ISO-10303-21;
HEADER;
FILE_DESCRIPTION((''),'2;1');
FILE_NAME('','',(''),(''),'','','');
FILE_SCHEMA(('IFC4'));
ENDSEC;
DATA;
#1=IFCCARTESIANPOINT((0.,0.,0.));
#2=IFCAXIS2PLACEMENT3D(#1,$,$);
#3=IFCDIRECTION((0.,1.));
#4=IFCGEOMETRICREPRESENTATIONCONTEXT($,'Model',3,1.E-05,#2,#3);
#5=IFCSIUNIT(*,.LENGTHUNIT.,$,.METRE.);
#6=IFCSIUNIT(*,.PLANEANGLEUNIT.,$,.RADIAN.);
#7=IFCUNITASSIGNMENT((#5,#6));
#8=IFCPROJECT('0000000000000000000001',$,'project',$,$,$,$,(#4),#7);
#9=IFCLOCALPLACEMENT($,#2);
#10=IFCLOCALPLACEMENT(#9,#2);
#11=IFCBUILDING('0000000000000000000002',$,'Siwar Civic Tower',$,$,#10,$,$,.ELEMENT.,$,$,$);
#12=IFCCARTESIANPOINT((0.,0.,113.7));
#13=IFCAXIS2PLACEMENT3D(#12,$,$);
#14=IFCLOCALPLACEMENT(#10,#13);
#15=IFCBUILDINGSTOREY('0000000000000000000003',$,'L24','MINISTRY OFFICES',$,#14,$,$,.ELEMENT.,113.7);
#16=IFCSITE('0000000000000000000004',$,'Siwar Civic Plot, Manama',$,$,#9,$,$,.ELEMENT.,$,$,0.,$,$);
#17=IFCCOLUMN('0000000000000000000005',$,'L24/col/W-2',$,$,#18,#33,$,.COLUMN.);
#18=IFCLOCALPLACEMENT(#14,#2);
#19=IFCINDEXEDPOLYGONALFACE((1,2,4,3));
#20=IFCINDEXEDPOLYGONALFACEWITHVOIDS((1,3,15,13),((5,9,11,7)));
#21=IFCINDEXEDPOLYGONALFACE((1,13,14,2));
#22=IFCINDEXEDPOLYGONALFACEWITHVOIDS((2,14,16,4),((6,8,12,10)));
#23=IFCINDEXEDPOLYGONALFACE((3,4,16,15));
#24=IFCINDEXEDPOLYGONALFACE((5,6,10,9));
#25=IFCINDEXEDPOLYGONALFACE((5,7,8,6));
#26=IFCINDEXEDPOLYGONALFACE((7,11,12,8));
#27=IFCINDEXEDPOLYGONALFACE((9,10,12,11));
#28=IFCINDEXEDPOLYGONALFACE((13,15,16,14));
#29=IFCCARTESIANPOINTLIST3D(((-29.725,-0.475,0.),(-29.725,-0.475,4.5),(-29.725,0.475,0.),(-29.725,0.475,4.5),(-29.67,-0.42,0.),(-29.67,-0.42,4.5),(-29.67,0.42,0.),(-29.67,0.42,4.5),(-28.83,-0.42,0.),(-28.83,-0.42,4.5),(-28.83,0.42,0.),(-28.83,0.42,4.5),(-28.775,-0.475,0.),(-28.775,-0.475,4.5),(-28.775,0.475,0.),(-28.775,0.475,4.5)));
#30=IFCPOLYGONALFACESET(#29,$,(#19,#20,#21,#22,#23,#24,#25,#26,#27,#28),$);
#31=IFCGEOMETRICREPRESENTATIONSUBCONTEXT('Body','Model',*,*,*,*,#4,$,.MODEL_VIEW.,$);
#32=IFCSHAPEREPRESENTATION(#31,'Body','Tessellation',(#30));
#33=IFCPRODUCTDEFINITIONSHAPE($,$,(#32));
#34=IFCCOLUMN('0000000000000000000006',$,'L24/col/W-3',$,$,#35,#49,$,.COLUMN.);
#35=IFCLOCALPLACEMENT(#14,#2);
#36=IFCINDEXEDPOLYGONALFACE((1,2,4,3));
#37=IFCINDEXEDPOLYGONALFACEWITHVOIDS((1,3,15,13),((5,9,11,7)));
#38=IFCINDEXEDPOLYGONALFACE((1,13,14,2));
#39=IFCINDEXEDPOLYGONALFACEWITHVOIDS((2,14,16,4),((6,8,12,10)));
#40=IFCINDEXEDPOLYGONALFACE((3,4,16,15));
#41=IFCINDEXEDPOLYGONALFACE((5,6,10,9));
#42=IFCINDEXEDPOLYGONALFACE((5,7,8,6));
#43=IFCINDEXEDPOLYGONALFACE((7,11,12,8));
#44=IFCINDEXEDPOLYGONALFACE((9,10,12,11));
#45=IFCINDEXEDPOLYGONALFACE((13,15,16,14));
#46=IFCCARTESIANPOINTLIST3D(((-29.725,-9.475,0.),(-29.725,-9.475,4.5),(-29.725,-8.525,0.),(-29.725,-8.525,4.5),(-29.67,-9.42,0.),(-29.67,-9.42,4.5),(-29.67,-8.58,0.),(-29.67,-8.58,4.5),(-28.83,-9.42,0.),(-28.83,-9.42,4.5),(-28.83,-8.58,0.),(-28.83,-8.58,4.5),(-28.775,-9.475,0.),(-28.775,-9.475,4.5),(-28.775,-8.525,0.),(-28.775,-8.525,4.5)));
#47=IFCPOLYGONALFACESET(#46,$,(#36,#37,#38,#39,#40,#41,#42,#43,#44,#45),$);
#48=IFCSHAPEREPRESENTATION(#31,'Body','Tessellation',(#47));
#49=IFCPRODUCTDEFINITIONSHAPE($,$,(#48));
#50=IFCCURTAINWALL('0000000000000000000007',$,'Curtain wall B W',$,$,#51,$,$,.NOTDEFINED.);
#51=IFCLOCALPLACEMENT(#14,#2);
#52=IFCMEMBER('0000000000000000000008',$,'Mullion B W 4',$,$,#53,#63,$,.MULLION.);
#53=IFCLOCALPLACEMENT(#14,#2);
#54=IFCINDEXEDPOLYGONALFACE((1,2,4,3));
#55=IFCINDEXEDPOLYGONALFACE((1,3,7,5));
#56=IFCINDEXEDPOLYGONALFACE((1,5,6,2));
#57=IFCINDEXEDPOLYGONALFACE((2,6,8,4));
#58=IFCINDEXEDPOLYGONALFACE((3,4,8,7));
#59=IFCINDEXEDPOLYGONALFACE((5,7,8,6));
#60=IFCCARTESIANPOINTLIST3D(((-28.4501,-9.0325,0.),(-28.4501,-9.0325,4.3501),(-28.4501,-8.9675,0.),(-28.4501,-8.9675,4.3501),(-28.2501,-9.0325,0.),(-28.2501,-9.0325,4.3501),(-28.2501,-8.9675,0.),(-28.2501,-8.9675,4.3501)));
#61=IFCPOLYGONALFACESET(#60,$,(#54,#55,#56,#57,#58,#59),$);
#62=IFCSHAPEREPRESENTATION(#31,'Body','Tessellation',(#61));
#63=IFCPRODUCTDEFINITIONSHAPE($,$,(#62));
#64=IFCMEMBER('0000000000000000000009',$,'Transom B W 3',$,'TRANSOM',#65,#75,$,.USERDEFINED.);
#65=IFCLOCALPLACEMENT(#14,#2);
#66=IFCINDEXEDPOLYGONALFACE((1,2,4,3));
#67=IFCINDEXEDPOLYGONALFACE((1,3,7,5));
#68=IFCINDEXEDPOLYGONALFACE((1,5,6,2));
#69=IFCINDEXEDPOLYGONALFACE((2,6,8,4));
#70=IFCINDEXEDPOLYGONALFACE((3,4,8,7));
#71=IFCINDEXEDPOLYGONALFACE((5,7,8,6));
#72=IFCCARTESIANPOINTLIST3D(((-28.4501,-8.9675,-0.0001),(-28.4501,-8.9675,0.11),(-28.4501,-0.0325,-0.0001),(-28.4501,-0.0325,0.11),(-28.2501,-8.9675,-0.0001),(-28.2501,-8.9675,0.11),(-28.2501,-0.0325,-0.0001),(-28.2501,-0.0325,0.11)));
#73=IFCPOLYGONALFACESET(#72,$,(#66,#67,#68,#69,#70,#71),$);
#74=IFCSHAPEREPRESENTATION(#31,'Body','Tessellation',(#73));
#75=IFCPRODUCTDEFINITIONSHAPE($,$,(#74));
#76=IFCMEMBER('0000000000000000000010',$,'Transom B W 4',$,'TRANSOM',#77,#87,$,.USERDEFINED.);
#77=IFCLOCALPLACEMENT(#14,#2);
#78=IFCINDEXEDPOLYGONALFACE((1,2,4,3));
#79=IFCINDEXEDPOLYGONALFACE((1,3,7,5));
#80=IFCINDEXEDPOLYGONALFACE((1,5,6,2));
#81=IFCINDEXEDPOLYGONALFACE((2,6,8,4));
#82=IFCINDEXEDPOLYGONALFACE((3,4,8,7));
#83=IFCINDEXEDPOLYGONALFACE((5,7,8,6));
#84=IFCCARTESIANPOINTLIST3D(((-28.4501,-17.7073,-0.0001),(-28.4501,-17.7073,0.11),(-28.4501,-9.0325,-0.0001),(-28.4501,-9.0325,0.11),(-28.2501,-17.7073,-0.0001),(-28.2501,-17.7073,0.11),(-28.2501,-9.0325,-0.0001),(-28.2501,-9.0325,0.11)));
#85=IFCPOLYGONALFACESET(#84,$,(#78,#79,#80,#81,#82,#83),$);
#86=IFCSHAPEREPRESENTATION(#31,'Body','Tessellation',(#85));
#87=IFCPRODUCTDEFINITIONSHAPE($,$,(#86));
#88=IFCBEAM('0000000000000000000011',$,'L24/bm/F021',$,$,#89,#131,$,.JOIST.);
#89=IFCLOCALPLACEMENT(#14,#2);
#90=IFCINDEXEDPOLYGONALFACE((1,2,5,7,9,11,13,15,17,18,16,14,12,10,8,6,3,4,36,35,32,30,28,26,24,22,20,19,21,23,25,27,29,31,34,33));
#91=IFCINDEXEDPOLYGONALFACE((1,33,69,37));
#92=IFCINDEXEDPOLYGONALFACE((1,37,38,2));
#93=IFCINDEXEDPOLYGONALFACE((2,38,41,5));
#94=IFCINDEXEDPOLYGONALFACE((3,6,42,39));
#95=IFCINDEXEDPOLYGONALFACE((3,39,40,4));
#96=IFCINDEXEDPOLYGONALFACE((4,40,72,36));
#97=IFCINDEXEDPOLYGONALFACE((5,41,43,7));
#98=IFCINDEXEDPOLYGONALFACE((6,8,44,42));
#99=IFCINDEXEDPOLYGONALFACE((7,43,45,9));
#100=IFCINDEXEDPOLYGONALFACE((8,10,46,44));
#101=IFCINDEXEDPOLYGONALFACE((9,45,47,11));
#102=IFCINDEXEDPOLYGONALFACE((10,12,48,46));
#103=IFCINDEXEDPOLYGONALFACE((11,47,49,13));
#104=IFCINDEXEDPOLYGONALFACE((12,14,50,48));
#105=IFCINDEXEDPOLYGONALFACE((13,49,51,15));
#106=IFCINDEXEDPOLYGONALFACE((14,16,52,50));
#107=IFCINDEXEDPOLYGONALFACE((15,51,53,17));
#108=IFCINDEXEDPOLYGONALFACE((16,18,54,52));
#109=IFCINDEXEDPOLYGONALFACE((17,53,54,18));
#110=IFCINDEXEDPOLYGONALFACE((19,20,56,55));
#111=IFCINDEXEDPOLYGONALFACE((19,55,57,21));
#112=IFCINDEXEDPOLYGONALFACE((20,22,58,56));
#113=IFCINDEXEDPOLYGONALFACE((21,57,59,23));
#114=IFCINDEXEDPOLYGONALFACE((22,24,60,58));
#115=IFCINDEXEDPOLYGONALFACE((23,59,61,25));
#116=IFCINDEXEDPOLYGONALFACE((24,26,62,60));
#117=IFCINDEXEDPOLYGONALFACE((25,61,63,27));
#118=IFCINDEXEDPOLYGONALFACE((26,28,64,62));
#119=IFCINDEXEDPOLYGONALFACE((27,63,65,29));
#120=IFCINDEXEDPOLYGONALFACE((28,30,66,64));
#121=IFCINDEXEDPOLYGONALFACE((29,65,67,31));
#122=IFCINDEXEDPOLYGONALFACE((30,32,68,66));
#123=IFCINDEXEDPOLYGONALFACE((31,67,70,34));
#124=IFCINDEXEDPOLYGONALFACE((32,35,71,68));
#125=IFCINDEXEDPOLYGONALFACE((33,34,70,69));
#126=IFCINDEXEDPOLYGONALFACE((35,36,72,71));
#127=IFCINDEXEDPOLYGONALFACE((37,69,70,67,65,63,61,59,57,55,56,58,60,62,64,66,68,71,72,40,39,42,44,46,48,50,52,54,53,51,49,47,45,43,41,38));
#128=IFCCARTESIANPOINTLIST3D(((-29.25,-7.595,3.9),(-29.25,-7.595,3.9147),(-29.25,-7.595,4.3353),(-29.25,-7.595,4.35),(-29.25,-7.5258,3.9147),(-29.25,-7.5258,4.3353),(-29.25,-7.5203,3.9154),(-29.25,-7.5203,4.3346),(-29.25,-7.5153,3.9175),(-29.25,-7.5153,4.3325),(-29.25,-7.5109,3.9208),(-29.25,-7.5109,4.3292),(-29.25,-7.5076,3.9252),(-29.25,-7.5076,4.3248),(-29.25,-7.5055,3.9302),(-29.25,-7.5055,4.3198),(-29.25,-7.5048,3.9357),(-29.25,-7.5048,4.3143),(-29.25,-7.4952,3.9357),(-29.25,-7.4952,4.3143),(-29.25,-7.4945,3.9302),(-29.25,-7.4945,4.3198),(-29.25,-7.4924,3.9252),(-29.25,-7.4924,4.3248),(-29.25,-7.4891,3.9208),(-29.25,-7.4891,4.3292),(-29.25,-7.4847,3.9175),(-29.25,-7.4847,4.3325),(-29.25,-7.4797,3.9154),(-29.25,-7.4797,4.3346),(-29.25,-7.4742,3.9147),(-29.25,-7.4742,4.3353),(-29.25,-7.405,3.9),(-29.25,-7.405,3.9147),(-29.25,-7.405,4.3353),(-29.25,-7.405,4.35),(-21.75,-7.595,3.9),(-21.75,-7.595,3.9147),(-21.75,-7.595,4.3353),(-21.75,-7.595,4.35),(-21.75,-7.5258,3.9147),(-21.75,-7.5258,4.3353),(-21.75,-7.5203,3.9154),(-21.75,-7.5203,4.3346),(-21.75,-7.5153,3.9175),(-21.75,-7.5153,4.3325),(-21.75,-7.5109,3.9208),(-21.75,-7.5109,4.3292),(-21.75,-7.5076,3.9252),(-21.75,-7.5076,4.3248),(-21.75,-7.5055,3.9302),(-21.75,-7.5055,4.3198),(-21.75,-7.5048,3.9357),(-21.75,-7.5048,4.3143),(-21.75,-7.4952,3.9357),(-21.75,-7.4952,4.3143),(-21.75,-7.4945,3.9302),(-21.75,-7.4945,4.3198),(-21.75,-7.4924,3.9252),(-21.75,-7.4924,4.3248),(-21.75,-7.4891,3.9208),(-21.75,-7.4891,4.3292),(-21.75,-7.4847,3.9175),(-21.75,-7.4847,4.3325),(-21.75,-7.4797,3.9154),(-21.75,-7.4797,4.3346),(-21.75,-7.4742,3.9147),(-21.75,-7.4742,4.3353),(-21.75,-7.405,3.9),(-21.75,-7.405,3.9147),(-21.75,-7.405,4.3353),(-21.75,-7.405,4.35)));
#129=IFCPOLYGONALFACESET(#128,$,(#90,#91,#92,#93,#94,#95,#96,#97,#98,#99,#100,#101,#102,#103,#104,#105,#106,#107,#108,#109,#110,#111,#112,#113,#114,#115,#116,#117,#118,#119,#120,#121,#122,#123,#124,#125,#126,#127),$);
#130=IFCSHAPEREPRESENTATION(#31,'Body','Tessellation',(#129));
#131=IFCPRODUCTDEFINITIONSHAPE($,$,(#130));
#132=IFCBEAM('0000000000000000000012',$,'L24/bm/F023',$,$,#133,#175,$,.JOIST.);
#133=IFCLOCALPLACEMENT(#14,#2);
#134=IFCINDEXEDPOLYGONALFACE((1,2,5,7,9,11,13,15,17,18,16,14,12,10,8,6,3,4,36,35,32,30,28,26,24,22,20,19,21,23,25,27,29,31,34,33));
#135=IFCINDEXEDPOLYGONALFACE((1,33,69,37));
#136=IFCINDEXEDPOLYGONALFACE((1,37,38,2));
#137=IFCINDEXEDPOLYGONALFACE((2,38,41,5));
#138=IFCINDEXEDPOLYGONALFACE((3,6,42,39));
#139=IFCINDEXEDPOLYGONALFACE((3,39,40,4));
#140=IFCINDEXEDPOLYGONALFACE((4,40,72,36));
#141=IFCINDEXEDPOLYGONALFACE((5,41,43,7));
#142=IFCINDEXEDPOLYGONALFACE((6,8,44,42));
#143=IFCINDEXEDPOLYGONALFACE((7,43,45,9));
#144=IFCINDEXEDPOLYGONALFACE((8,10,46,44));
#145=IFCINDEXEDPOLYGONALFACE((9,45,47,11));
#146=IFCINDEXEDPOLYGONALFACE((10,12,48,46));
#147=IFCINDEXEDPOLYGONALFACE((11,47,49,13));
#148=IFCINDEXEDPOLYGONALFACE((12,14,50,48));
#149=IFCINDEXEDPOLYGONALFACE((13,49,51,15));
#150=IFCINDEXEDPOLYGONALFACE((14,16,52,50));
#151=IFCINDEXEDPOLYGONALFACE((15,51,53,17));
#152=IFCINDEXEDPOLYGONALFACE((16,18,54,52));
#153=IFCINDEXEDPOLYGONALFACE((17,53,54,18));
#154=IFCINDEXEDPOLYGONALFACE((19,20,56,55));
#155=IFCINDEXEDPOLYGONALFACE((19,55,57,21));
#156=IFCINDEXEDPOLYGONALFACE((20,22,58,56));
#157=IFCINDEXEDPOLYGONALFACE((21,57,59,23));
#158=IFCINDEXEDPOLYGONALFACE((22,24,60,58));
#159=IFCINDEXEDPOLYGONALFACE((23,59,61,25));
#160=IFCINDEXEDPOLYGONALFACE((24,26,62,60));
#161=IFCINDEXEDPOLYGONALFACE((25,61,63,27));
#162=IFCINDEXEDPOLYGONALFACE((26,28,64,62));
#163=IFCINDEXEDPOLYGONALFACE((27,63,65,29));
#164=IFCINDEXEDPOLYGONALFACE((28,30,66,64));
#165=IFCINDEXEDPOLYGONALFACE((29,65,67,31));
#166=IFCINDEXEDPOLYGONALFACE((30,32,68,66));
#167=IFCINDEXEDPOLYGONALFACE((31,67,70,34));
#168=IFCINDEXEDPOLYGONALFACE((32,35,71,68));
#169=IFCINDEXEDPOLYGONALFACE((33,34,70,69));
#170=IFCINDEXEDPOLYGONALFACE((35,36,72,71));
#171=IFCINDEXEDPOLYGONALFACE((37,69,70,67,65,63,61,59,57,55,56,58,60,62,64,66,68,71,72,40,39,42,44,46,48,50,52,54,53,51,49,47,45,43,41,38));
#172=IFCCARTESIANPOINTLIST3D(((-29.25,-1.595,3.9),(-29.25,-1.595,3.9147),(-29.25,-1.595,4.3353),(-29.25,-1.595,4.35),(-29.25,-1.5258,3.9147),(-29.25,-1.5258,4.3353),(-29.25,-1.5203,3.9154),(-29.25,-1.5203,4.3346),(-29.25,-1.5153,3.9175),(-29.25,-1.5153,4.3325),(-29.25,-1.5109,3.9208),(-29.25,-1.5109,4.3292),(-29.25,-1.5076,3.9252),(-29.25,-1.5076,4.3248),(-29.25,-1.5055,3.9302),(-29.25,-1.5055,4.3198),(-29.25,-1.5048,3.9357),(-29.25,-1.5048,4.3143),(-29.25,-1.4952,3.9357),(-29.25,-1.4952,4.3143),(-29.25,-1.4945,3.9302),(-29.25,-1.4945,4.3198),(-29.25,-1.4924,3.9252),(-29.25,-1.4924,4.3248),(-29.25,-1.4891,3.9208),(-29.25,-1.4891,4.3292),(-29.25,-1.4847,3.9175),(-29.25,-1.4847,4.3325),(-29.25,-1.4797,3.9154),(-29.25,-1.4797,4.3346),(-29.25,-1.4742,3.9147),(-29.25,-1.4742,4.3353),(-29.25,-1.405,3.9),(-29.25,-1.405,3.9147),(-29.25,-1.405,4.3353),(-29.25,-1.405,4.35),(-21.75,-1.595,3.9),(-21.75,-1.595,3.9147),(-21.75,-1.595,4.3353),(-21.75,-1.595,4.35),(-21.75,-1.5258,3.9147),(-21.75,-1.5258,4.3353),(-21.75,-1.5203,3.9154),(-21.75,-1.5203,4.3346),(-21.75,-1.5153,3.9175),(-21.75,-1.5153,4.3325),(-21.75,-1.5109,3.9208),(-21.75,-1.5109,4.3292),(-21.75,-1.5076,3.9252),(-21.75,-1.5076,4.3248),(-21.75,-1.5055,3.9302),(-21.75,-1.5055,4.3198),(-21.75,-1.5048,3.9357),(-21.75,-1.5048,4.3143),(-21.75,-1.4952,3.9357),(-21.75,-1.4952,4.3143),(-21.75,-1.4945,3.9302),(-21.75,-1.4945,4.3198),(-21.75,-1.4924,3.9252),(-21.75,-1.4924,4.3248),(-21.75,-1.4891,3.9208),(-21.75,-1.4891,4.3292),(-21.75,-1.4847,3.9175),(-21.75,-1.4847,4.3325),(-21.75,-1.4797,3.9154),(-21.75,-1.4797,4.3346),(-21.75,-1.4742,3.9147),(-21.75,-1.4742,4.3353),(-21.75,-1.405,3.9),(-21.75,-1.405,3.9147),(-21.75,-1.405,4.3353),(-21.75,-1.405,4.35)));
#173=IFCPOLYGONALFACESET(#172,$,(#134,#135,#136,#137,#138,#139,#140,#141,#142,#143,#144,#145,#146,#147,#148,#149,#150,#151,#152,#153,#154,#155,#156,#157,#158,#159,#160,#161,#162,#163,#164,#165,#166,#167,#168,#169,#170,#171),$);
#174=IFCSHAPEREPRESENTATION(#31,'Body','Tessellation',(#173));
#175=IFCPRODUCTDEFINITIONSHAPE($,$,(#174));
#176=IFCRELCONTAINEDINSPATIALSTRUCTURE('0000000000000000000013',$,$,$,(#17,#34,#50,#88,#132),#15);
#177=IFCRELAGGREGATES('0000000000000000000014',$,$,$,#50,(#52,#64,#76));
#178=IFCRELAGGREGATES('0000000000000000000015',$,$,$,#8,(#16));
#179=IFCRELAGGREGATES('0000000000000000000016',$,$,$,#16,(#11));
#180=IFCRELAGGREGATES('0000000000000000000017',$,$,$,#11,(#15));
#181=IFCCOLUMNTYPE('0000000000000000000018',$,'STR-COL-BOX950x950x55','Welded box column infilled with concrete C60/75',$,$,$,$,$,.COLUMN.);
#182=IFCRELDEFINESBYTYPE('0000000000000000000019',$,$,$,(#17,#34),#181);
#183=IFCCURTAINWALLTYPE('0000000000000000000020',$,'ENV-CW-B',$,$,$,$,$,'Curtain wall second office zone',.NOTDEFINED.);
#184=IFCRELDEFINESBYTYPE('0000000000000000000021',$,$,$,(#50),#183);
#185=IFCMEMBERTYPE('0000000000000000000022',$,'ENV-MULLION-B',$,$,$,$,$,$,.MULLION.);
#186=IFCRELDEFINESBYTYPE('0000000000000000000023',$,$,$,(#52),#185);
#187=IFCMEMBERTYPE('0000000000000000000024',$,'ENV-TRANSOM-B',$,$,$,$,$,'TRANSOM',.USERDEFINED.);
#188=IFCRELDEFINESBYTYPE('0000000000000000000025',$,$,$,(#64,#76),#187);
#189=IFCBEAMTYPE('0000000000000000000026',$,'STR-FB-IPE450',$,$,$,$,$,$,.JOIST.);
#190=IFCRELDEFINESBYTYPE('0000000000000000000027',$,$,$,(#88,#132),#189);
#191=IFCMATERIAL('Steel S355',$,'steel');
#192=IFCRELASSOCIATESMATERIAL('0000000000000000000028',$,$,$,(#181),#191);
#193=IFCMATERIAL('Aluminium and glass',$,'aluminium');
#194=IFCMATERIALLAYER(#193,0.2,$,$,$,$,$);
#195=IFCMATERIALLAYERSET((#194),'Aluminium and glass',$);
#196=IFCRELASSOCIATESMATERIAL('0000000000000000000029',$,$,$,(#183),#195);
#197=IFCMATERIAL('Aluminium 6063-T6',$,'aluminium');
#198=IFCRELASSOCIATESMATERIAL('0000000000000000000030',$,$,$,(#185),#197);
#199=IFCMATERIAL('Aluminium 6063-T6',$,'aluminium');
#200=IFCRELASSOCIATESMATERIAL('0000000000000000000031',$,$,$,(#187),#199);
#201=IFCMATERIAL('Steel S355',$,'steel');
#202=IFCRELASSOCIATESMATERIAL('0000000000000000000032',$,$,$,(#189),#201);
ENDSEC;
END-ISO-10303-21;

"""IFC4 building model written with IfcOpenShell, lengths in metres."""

from ifc_helpers import new_model, si_unit, direction, frame, origin, origin_2d, place, context, subcontext, project, spatial, rectangle, hollow_rectangle, i_section, extrude, material, layer, layer_set, material_profile, profile_set, type_object, element, aggregate, save


model = new_model("IFC4")

# Units and contexts
model_context = context("Model", 3, precision=1e-05, world=origin(), true_north=direction((0.0, 1.0)))
body_context = subcontext(model_context, "Body", "Model", "MODEL_VIEW")
ifc_project = project(units=[si_unit("LENGTHUNIT", "METRE"), si_unit("PLANEANGLEUNIT", "RADIAN")], contexts=[model_context])

# Site, building, storey
site_placement = place(None, origin())
site = spatial("IfcSite", under=ifc_project, at=site_placement, Name="Siwar Civic Plot, Manama", CompositionType="ELEMENT", RefElevation=0.0)
building_placement = place(site_placement, origin())
building = spatial("IfcBuilding", under=site, at=building_placement, Name="Siwar Civic Tower", CompositionType="ELEMENT")
storey_placement = place(building_placement, frame((0.0, 0.0, 113.7)))
storey = spatial("IfcBuildingStorey", under=building, at=storey_placement, Name="L24", Description="MINISTRY OFFICES", CompositionType="ELEMENT", Elevation=113.7)

# Columns
ifc_material_1 = material(Name="Steel S355", Category="steel")
ifc_material_profile_1 = material_profile(ifc_material_1, hollow_rectangle(XDim=0.95, YDim=0.95, WallThickness=0.0549, at=origin_2d()), Name="BOX950x950x55")
ifc_profile_set_1 = profile_set([ifc_material_profile_1], Name="Steel S355")
column_type = type_object("IfcColumnType", Name="STR-COL-BOX950x950x55", Description="Welded box column infilled with concrete C60/75", PredefinedType="COLUMN", material=ifc_profile_set_1)
for number, where, z_axis, x_axis, name in (
    (1, (-29.25, 0.0, 0.0), (0.0, 0.0, 1.0), (1.0, 0.0, 0.0), "L24/col/W-2"),
    (2, (-29.25, -9.0, 0.0), (0.0, 0.0, 1.0), (1.0, 0.0, 0.0), "L24/col/W-3"),
):
    element("IfcColumn", number, at=place(storey_placement, frame(where, z_axis=z_axis, x_axis=x_axis)), inside=storey, type_object=column_type, Name=name, PredefinedType="COLUMN", context=body_context, shape_type="SweptSolid", body=[
        extrude(hollow_rectangle(XDim=0.95, YDim=0.95, WallThickness=0.0549, at=origin_2d()), origin(), (0.0, 0.0, 1.0), 4.5),
    ])

# Curtain wall, members
ifc_material_2 = material(Name="Aluminium and glass", Category="aluminium")
ifc_layer_1 = layer(ifc_material_2, 0.2)
ifc_layer_set_1 = layer_set([ifc_layer_1], Name="Aluminium and glass")
curtain_wall_type = type_object("IfcCurtainWallType", Name="ENV-CW-B", ElementType="Curtain wall second office zone", PredefinedType="NOTDEFINED", material=ifc_layer_set_1)
curtain_wall_placement = place(storey_placement, origin())
curtain_wall = element("IfcCurtainWall", 3, at=curtain_wall_placement, inside=storey, type_object=curtain_wall_type, Name="Curtain wall B W", PredefinedType="NOTDEFINED")
ifc_material_3 = material(Name="Aluminium 6063-T6", Category="aluminium")
ifc_material_profile_2 = material_profile(ifc_material_3, rectangle(XDim=0.2, YDim=0.0649, at=origin_2d()), Name="AL 200x65")
ifc_profile_set_2 = profile_set([ifc_material_profile_2], Name="Aluminium 6063-T6")
member_type_1 = type_object("IfcMemberType", Name="ENV-MULLION-B", PredefinedType="MULLION", material=ifc_profile_set_2)
member_1_placement = place(storey_placement, frame((-28.3501, -9.0, 0.0), z_axis=(0.0, 0.0, 1.0), x_axis=(1.0, 0.0, 0.0)))
member_1 = element("IfcMember", 4, at=member_1_placement, type_object=member_type_1, Name="Mullion B W 4", PredefinedType="MULLION", context=body_context, shape_type="SweptSolid", body=[
    extrude(rectangle(XDim=0.2, YDim=0.0649, at=origin_2d()), origin(), (0.0, 0.0, 1.0), 4.3501),
])
ifc_material_4 = material(Name="Aluminium 6063-T6", Category="aluminium")
ifc_material_profile_3 = material_profile(ifc_material_4, rectangle(XDim=0.2, YDim=0.1101, at=origin_2d()), Name="AL 200x110")
ifc_profile_set_3 = profile_set([ifc_material_profile_3], Name="Aluminium 6063-T6")
member_type_2 = type_object("IfcMemberType", Name="ENV-TRANSOM-B", ElementType="TRANSOM", PredefinedType="USERDEFINED", material=ifc_profile_set_3)
member_2_placement = place(storey_placement, frame((-28.3501, -0.0325, 0.0549), z_axis=(0.0, -1.0, 0.0), x_axis=(1.0, 0.0, 0.0)))
member_2 = element("IfcMember", 5, at=member_2_placement, type_object=member_type_2, Name="Transom B W 3", ObjectType="TRANSOM", PredefinedType="USERDEFINED", context=body_context, shape_type="SweptSolid", body=[
    extrude(rectangle(XDim=0.2, YDim=0.1101, at=origin_2d()), origin(), (0.0, 0.0, 1.0), 8.9351),
])
member_3_placement = place(storey_placement, frame((-28.3501, -9.0325, 0.0549), z_axis=(0.0, -1.0, 0.0), x_axis=(1.0, 0.0, 0.0)))
member_3 = element("IfcMember", 6, at=member_3_placement, type_object=member_type_2, Name="Transom B W 4", ObjectType="TRANSOM", PredefinedType="USERDEFINED", context=body_context, shape_type="SweptSolid", body=[
    extrude(rectangle(XDim=0.2, YDim=0.1101, at=origin_2d()), origin(), (0.0, 0.0, 1.0), 8.6748),
])

# Beams
ifc_material_5 = material(Name="Steel S355", Category="steel")
ifc_material_profile_4 = material_profile(ifc_material_5, i_section(OverallWidth=0.1899, OverallDepth=0.45, WebThickness=0.0095, FlangeThickness=0.0146, FilletRadius=0.021, at=origin_2d()), Name="IPE450")
ifc_profile_set_4 = profile_set([ifc_material_profile_4], Name="Steel S355")
beam_type_1 = type_object("IfcBeamType", Name="STR-FB-IPE450", PredefinedType="JOIST", material=ifc_profile_set_4)
for number, where, z_axis, x_axis, name in (
    (7, (-29.25, -7.5, 4.125), (1.0, 0.0, 0.0), (0.0, 1.0, 0.0), "L24/bm/F021"),
    (8, (-29.25, -1.5, 4.125), (1.0, 0.0, 0.0), (0.0, 1.0, 0.0), "L24/bm/F023"),
):
    element("IfcBeam", number, at=place(storey_placement, frame(where, z_axis=z_axis, x_axis=x_axis)), inside=storey, type_object=beam_type_1, Name=name, PredefinedType="JOIST", context=body_context, shape_type="SweptSolid", body=[
        extrude(i_section(OverallWidth=0.1899, OverallDepth=0.45, WebThickness=0.0095, FlangeThickness=0.0146, FilletRadius=0.021, at=origin_2d()), origin(), (0.0, 0.0, 1.0), 7.5),
    ])

aggregate(curtain_wall, [member_1, member_2, member_3])

save(model, "model.ifc")
